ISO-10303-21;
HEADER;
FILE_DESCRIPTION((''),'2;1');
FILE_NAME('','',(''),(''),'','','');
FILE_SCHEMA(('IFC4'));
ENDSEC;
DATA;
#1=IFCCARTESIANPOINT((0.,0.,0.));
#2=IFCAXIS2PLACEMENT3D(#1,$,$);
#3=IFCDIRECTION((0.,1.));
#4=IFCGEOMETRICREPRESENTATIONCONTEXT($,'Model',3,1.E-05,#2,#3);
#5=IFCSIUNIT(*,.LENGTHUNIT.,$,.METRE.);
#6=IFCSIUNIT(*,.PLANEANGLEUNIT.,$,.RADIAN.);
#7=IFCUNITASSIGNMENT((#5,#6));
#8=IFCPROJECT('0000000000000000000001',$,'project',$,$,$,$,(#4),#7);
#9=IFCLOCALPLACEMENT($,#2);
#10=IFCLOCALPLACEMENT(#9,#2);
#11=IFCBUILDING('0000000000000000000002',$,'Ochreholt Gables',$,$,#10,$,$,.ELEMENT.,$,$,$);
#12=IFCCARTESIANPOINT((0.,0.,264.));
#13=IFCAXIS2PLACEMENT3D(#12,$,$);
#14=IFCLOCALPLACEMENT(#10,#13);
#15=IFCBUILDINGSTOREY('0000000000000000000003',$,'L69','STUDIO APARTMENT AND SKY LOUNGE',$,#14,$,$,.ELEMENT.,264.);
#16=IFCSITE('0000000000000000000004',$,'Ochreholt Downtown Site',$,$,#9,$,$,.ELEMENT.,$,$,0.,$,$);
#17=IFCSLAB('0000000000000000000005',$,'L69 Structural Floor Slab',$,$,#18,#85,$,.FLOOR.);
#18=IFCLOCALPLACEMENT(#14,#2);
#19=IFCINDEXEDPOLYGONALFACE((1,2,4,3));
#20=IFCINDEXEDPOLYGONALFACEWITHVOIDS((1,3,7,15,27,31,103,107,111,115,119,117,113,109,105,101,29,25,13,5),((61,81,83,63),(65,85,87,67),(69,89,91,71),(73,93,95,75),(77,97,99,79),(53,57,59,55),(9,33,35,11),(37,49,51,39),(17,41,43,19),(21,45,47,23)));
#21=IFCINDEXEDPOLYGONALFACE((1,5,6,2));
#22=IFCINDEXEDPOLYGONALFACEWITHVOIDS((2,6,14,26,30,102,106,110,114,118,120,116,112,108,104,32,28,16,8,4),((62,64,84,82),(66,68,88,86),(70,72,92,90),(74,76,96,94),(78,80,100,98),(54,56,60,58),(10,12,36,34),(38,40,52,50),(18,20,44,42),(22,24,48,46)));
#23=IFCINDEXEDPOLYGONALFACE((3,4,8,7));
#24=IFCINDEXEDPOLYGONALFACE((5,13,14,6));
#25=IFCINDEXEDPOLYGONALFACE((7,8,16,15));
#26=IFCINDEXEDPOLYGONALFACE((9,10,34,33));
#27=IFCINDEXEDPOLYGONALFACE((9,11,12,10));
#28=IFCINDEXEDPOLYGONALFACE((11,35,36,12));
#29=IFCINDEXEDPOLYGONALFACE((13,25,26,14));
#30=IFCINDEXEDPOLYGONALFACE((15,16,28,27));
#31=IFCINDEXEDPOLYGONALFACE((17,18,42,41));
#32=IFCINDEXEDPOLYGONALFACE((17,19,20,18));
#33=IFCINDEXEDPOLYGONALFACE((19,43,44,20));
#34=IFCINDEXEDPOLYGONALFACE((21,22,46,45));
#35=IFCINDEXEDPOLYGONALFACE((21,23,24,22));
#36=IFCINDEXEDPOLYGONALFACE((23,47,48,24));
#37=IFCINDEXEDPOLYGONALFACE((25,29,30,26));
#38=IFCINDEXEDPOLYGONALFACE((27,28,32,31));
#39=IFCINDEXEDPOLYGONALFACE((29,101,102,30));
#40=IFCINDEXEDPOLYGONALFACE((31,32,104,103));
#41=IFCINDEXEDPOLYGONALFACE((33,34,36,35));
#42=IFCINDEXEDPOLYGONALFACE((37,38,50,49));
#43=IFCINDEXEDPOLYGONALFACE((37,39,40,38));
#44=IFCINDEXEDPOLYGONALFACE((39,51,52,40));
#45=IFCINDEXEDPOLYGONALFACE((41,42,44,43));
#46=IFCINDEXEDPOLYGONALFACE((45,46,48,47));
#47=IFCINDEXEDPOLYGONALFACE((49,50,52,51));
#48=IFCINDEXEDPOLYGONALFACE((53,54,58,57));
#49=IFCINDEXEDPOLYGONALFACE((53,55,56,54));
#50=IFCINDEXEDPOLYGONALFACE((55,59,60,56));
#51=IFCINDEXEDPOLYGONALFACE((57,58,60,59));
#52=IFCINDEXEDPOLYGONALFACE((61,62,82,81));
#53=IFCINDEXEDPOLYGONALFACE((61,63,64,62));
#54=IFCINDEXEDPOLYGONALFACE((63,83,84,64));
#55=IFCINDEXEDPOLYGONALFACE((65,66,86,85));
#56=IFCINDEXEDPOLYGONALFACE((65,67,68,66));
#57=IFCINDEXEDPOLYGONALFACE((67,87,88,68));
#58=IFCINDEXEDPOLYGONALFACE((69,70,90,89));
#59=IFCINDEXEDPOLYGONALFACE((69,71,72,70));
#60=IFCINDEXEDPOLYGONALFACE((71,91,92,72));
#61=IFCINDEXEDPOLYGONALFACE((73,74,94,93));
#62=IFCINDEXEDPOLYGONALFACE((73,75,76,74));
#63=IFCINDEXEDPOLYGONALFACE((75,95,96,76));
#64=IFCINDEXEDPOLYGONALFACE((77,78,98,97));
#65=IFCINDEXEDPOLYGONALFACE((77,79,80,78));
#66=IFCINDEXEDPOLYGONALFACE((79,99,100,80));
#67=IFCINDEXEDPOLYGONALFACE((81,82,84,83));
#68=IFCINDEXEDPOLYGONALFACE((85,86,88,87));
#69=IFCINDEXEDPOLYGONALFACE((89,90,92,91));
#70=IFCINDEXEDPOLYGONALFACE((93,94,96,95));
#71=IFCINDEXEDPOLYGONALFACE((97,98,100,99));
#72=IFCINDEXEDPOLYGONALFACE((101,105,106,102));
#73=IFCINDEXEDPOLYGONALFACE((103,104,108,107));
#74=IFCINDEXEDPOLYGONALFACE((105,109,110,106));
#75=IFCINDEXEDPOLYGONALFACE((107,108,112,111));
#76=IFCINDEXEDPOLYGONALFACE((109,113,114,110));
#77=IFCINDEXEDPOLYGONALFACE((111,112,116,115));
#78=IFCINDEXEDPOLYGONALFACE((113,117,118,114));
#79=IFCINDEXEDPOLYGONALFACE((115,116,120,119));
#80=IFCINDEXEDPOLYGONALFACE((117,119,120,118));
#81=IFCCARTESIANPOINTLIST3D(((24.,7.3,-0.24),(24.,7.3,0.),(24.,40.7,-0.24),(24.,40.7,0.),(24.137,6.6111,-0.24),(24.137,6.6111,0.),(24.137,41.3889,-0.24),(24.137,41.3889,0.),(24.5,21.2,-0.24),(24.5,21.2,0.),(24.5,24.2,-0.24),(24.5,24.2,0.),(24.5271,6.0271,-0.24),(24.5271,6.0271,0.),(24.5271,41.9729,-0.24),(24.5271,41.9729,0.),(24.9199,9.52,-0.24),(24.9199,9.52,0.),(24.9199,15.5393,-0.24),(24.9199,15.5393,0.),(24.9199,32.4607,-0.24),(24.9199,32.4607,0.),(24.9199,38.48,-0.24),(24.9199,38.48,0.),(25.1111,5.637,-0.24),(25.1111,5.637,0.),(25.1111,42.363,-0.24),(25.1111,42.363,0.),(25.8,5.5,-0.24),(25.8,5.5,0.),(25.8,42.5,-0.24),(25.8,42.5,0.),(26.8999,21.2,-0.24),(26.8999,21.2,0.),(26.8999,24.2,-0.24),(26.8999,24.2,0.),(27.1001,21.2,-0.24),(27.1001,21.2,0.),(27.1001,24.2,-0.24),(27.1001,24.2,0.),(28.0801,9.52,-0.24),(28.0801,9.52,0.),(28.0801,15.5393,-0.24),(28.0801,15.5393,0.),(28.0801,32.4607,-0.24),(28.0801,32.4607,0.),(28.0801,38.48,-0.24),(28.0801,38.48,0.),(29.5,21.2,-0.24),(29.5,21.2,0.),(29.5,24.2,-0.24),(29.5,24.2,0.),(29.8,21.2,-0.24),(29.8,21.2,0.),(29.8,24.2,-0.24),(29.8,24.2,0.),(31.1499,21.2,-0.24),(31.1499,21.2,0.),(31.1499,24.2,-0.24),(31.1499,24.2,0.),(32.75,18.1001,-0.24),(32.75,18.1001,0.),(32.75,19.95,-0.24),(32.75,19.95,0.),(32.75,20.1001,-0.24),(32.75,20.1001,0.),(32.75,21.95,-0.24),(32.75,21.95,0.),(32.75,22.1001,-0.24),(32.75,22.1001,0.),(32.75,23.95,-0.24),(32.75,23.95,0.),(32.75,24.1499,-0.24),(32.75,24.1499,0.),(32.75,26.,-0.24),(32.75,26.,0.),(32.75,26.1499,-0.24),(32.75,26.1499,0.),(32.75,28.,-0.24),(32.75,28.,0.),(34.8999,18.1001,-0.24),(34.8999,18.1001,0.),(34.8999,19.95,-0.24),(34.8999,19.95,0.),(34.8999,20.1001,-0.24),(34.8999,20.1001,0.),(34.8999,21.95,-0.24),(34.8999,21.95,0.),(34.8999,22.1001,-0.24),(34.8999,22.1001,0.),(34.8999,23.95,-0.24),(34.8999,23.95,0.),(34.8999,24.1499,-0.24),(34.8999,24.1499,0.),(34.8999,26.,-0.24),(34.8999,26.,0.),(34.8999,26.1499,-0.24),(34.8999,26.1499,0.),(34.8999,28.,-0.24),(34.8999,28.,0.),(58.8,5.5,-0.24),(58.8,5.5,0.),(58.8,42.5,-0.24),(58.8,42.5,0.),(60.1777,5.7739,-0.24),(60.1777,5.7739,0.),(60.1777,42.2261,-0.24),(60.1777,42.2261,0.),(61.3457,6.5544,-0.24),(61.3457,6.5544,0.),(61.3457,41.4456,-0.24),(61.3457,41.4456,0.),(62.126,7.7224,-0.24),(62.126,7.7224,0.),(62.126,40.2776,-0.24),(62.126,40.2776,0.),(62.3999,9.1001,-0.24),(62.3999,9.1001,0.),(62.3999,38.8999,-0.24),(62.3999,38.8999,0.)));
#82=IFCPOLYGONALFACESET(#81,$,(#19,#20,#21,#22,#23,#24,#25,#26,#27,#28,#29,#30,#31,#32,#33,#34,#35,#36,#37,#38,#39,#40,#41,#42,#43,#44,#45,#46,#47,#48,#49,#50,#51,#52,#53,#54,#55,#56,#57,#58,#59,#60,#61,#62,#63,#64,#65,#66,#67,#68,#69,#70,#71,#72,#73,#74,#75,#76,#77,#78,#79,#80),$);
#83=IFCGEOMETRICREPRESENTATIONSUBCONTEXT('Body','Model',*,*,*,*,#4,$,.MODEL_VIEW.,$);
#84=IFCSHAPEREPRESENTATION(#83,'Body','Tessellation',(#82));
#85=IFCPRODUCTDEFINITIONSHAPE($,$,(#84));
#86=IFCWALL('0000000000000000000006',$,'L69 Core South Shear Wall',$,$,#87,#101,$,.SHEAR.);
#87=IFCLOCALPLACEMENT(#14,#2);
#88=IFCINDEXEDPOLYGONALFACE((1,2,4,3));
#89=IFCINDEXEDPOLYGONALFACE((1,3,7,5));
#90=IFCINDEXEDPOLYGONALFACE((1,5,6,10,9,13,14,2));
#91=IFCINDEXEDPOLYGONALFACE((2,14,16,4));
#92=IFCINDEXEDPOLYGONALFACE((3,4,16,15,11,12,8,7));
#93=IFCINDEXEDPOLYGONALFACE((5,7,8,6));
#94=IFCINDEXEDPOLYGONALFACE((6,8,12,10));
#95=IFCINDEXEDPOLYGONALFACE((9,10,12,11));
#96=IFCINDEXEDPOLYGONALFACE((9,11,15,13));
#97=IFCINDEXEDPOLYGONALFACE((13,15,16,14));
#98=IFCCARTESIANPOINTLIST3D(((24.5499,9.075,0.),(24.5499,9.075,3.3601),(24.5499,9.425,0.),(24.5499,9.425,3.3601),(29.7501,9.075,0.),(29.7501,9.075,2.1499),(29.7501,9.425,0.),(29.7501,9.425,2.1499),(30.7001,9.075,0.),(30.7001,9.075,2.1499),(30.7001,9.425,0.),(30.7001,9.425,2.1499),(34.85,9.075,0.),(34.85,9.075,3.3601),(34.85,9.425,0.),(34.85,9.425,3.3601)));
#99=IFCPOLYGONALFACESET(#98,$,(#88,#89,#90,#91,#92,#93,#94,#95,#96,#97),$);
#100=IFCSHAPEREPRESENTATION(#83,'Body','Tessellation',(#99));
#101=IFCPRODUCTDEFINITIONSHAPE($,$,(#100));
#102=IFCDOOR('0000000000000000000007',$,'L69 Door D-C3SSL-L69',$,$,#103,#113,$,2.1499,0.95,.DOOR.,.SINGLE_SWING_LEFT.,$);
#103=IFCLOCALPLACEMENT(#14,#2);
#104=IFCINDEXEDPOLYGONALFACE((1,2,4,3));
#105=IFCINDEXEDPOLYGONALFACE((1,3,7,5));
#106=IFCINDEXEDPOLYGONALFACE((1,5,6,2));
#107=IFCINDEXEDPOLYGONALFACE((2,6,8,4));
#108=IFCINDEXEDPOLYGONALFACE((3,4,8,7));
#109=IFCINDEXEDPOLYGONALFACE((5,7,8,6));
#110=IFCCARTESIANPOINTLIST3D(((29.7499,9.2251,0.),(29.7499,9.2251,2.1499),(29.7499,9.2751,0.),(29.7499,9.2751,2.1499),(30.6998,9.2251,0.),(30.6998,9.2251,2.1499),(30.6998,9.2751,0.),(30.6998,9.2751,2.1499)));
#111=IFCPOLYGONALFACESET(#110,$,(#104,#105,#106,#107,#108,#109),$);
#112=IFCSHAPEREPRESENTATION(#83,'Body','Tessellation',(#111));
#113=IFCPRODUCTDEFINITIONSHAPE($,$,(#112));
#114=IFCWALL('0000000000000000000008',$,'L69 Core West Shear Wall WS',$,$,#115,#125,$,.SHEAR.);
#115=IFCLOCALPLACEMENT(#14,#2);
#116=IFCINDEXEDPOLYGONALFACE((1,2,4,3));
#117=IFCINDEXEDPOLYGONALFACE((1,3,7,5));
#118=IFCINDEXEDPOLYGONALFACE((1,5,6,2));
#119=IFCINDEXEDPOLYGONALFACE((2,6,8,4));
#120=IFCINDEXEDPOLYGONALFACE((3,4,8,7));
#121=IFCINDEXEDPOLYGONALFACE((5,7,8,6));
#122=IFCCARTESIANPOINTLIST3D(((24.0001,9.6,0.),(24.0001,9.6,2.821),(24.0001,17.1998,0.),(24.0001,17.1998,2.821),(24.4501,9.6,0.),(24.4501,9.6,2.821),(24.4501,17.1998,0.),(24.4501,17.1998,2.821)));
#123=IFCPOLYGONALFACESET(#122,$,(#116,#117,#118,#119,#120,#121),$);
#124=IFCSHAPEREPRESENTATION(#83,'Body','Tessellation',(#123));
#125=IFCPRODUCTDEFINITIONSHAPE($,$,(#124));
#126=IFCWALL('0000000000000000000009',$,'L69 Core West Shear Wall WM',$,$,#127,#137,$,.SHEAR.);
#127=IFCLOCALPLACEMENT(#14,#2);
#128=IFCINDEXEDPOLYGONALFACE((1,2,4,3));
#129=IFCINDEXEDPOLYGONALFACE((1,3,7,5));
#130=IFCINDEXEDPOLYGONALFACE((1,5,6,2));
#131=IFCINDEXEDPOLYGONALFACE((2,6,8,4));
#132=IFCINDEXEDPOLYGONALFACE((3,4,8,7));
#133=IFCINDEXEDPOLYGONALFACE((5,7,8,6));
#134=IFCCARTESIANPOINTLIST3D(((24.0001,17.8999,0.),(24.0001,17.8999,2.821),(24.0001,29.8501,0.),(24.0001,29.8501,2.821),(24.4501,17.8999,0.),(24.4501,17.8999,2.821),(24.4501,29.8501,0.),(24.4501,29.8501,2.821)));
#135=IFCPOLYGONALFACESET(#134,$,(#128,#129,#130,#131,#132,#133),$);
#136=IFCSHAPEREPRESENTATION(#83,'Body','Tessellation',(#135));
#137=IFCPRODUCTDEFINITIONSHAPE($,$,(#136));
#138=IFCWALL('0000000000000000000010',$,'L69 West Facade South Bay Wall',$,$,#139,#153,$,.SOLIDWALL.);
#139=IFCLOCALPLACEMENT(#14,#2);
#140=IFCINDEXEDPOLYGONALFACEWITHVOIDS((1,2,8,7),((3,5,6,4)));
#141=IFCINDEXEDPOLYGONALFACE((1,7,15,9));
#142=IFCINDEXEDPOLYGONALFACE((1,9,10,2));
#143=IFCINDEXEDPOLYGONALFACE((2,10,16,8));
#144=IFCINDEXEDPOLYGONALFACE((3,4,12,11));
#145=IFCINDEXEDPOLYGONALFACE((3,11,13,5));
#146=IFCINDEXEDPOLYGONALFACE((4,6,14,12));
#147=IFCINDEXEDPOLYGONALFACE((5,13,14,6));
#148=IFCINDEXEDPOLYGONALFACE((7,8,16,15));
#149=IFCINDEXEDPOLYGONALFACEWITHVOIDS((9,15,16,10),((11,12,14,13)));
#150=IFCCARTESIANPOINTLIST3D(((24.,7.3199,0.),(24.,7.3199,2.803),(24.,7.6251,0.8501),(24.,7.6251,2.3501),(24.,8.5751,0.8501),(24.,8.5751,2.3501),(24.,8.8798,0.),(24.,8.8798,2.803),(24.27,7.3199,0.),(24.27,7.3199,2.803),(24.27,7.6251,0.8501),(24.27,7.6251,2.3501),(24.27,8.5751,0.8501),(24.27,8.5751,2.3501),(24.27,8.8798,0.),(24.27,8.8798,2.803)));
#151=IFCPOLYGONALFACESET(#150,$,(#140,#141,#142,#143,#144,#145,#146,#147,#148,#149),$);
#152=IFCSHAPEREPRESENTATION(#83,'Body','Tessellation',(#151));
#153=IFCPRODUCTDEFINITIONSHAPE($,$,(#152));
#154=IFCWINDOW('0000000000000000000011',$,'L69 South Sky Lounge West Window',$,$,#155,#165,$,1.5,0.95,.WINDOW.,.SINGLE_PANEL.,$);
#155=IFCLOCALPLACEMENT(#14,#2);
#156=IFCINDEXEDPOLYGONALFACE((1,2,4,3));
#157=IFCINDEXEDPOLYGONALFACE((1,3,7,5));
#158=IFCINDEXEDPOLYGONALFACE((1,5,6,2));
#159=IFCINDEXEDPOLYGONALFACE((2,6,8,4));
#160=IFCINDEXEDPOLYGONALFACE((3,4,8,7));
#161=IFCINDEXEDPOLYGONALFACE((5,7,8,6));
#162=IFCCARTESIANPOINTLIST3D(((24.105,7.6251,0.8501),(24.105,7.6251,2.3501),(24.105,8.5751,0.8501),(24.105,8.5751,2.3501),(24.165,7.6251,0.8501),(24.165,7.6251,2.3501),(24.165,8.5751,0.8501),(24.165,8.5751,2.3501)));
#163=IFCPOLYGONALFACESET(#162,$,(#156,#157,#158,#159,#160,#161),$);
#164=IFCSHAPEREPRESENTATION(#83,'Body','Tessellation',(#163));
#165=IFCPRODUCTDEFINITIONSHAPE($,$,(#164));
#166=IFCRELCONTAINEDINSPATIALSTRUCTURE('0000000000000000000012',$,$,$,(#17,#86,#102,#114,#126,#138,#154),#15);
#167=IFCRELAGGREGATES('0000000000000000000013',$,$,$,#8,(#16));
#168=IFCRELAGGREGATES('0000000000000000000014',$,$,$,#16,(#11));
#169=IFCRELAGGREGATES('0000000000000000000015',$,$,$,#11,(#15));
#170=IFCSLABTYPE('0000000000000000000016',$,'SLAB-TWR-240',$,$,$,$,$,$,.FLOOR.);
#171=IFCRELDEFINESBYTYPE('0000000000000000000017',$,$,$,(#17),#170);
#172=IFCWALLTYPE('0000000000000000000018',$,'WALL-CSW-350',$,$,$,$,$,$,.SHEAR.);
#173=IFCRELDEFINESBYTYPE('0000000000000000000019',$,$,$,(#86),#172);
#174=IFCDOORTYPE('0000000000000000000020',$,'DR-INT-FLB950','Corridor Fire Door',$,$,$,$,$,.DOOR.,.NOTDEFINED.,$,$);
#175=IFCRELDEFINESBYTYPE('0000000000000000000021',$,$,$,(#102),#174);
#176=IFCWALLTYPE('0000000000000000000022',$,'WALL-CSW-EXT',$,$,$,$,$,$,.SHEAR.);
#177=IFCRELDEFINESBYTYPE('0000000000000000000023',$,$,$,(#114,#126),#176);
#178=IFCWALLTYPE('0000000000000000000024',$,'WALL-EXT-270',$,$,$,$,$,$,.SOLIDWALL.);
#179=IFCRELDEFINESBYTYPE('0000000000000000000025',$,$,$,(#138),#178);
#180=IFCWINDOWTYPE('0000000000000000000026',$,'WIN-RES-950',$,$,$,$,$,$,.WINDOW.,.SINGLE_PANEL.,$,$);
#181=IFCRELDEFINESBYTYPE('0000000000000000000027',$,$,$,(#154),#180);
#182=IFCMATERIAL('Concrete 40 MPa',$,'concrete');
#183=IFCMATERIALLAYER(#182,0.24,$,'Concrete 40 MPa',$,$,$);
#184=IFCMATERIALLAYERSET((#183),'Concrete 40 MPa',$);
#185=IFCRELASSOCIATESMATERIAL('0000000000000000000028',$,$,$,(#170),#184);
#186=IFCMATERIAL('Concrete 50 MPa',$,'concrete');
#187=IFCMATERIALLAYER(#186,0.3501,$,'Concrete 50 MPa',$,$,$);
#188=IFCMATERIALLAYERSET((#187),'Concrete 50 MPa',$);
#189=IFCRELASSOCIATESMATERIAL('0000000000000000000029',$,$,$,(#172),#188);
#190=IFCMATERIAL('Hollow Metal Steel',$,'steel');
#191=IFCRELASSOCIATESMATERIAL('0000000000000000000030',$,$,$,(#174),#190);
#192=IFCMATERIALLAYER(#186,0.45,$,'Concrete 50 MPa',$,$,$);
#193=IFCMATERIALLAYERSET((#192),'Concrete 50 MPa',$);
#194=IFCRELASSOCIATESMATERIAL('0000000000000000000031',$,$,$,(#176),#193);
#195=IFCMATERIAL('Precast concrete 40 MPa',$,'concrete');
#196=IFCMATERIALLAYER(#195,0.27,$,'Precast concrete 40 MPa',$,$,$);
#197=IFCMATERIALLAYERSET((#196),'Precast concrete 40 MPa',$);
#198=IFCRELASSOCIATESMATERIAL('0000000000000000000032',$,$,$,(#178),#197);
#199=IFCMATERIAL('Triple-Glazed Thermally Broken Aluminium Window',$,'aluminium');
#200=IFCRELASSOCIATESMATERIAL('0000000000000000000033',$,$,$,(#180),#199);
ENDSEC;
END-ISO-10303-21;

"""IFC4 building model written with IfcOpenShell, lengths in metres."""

from ifc_helpers import new_model, si_unit, direction, frame, frame_2d, origin, place, context, subcontext, project, spatial, polyline, rectangle, outline, extrude, material, layer, layer_set, type_object, element, fill, save


model = new_model("IFC4")

# Units and contexts
model_context = context("Model", 3, precision=1e-05, world=origin(), true_north=direction((0.0, 1.0)))
body_context = subcontext(model_context, "Body", "Model", "MODEL_VIEW")
ifc_project = project(units=[si_unit("LENGTHUNIT", "METRE"), si_unit("PLANEANGLEUNIT", "RADIAN")], contexts=[model_context])

# Site, building, storey
site_placement = place(None, origin())
site = spatial("IfcSite", under=ifc_project, at=site_placement, Name="Ochreholt Downtown Site", CompositionType="ELEMENT", RefElevation=0.0)
building_placement = place(site_placement, origin())
building = spatial("IfcBuilding", under=site, at=building_placement, Name="Ochreholt Gables", CompositionType="ELEMENT")
storey_placement = place(building_placement, frame((0.0, 0.0, 264.0)))
storey = spatial("IfcBuildingStorey", under=building, at=storey_placement, Name="L69", Description="STUDIO APARTMENT AND SKY LOUNGE", CompositionType="ELEMENT", Elevation=264.0)

# Shared definitions
ifc_material_1 = material(Name="Concrete 50 MPa", Category="concrete")

# Shared definitions
ifc_material_2 = material(Name="Concrete 40 MPa", Category="concrete")

# Slab
ifc_layer_1 = layer(ifc_material_2, 0.24, Name="Concrete 40 MPa")
ifc_layer_set_1 = layer_set([ifc_layer_1], Name="Concrete 40 MPa")
slab_type_1 = type_object("IfcSlabType", Name="SLAB-TWR-240", PredefinedType="FLOOR", material=ifc_layer_set_1)
slab_1_placement = place(storey_placement, frame((0.0, 0.0, -0.24)))
element("IfcSlab", 1, at=slab_1_placement, inside=storey, type_object=slab_type_1, Name="L69 Structural Floor Slab", PredefinedType="FLOOR", context=body_context, shape_type="SweptSolid", body=[
    extrude(outline(polyline([(24.0, 7.3), (24.137, 6.6111), (24.5271, 6.0271), (25.1111, 5.637), (25.8, 5.5), (58.8, 5.5), (60.1777, 5.7739), (61.3457, 6.5544), (62.126, 7.7224), (62.3999, 9.1001), (62.3999, 38.8999), (62.126, 40.2776), (61.3457, 41.4456), (60.1777, 42.2261), (58.8, 42.5), (25.8, 42.5), (25.1111, 42.363), (24.5271, 41.9729), (24.137, 41.3889), (24.0, 40.7), (24.0, 7.3)]), holes=[polyline([(24.9199, 15.5393), (24.9199, 9.52), (28.0801, 9.52), (28.0801, 15.5393), (24.9199, 15.5393)]), polyline([(28.0801, 32.4607), (28.0801, 38.48), (24.9199, 38.48), (24.9199, 32.4607), (28.0801, 32.4607)]), polyline([(24.5, 21.2), (26.8999, 21.2), (26.8999, 24.2), (24.5, 24.2), (24.5, 21.2)]), polyline([(27.1001, 21.2), (29.5, 21.2), (29.5, 24.2), (27.1001, 24.2), (27.1001, 21.2)]), polyline([(32.75, 18.1001), (34.8999, 18.1001), (34.8999, 19.95), (32.75, 19.95), (32.75, 18.1001)]), polyline([(32.75, 20.1001), (34.8999, 20.1001), (34.8999, 21.95), (32.75, 21.95), (32.75, 20.1001)]), polyline([(32.75, 22.1001), (34.8999, 22.1001), (34.8999, 23.95), (32.75, 23.95), (32.75, 22.1001)]), polyline([(32.75, 24.1499), (34.8999, 24.1499), (34.8999, 26.0), (32.75, 26.0), (32.75, 24.1499)]), polyline([(32.75, 26.1499), (34.8999, 26.1499), (34.8999, 28.0), (32.75, 28.0), (32.75, 26.1499)]), polyline([(29.8, 21.2), (31.1499, 21.2), (31.1499, 24.2), (29.8, 24.2), (29.8, 21.2)])]), origin(), (0.0, 0.0, 1.0), 0.24),
])

# Wall, opening, door
ifc_layer_2 = layer(ifc_material_1, 0.3501, Name="Concrete 50 MPa")
ifc_layer_set_2 = layer_set([ifc_layer_2], Name="Concrete 50 MPa")
wall_type_1 = type_object("IfcWallType", Name="WALL-CSW-350", PredefinedType="SHEAR", material=ifc_layer_set_2)
wall_1_placement = place(storey_placement, frame((24.55, 9.25, 0.0), z_axis=(0.0, 0.0, 1.0), x_axis=(1.0, 0.0, 0.0)))
wall_1 = element("IfcWall", 2, at=wall_1_placement, inside=storey, type_object=wall_type_1, Name="L69 Core South Shear Wall", PredefinedType="SHEAR", context=body_context, shape_type="SweptSolid", body=[
    extrude(rectangle(XDim=10.3, YDim=0.3501, at=frame_2d((5.1499, 0.0))), origin(), (0.0, 0.0, 1.0), 3.3601),
])
opening_1_placement = place(wall_1_placement, frame((5.2, 0.0, 0.0)))
opening_1 = element("IfcOpeningElement", 3, at=opening_1_placement, cuts=wall_1, PredefinedType="OPENING", context=body_context, shape_type="SweptSolid", body=[
    extrude(rectangle(XDim=0.95, YDim=2.1499, at=frame_2d((0.4751, 1.075))), frame((0.0, 0.1851, 0.0), z_axis=(0.0, -1.0, 0.0), x_axis=(1.0, 0.0, 0.0)), (0.0, 0.0, 1.0), 0.3701),
])
ifc_material_3 = material(Name="Hollow Metal Steel", Category="steel")
door_type_1 = type_object("IfcDoorType", Name="DR-INT-FLB950", Description="Corridor Fire Door", OperationType="NOTDEFINED", PredefinedType="DOOR", material=ifc_material_3)
door_1_placement = place(opening_1_placement, frame((0.95, 0.0, 0.0), z_axis=(0.0, 0.0, 1.0), x_axis=(-1.0, 0.0, 0.0)))
door_1 = element("IfcDoor", 4, at=door_1_placement, inside=storey, type_object=door_type_1, Name="L69 Door D-C3SSL-L69", OperationType="SINGLE_SWING_LEFT", OverallHeight=2.1499, OverallWidth=0.95, PredefinedType="DOOR", context=body_context, shape_type="SweptSolid", body=[
    extrude(rectangle(XDim=0.95, YDim=2.1499, at=frame_2d((0.4751, 1.075))), frame((0.0, 0.0249, 0.0), z_axis=(0.0, -1.0, 0.0), x_axis=(1.0, 0.0, 0.0)), (0.0, 0.0, 1.0), 0.05),
])
fill(opening_1, door_1)

# Walls
ifc_layer_3 = layer(ifc_material_1, 0.45, Name="Concrete 50 MPa")
ifc_layer_set_3 = layer_set([ifc_layer_3], Name="Concrete 50 MPa")
wall_type_2 = type_object("IfcWallType", Name="WALL-CSW-EXT", PredefinedType="SHEAR", material=ifc_layer_set_3)
wall_2_placement = place(storey_placement, frame((24.2251, 9.6001, 0.0), z_axis=(0.0, 0.0, 1.0), x_axis=(0.0, 1.0, 0.0)))
element("IfcWall", 5, at=wall_2_placement, inside=storey, type_object=wall_type_2, Name="L69 Core West Shear Wall WS", PredefinedType="SHEAR", context=body_context, shape_type="SweptSolid", body=[
    extrude(rectangle(XDim=7.5999, YDim=0.45, at=frame_2d((3.7998, 0.0))), origin(), (0.0, 0.0, 1.0), 2.821),
])
wall_3_placement = place(storey_placement, frame((24.2251, 17.8999, 0.0), z_axis=(0.0, 0.0, 1.0), x_axis=(0.0, 1.0, 0.0)))
element("IfcWall", 6, at=wall_3_placement, inside=storey, type_object=wall_type_2, Name="L69 Core West Shear Wall WM", PredefinedType="SHEAR", context=body_context, shape_type="SweptSolid", body=[
    extrude(rectangle(XDim=11.9502, YDim=0.45, at=frame_2d((5.9751, 0.0))), origin(), (0.0, 0.0, 1.0), 2.821),
])

# Wall, opening, window
ifc_material_4 = material(Name="Precast concrete 40 MPa", Category="concrete")
ifc_layer_4 = layer(ifc_material_4, 0.27, Name="Precast concrete 40 MPa")
ifc_layer_set_4 = layer_set([ifc_layer_4], Name="Precast concrete 40 MPa")
wall_type_3 = type_object("IfcWallType", Name="WALL-EXT-270", PredefinedType="SOLIDWALL", material=ifc_layer_set_4)
wall_4_placement = place(storey_placement, frame((24.135, 7.3201, 0.0), z_axis=(0.0, 0.0, 1.0), x_axis=(0.0, 1.0, 0.0)))
wall_4 = element("IfcWall", 7, at=wall_4_placement, inside=storey, type_object=wall_type_3, Name="L69 West Facade South Bay Wall", PredefinedType="SOLIDWALL", context=body_context, shape_type="SweptSolid", body=[
    extrude(rectangle(XDim=1.5598, YDim=0.27, at=frame_2d((0.7798, 0.0))), origin(), (0.0, 0.0, 1.0), 2.803),
])
opening_2_placement = place(wall_4_placement, frame((0.3049, 0.0, 0.8501)))
opening_2 = element("IfcOpeningElement", 8, at=opening_2_placement, cuts=wall_4, PredefinedType="OPENING", context=body_context, shape_type="SweptSolid", body=[
    extrude(rectangle(XDim=0.95, YDim=1.5, at=frame_2d((0.4751, 0.75))), frame((0.0, 0.145, 0.0), z_axis=(0.0, -1.0, 0.0), x_axis=(1.0, 0.0, 0.0)), (0.0, 0.0, 1.0), 0.29),
])
ifc_material_5 = material(Name="Triple-Glazed Thermally Broken Aluminium Window", Category="aluminium")
window_type = type_object("IfcWindowType", Name="WIN-RES-950", PartitioningType="SINGLE_PANEL", PredefinedType="WINDOW", material=ifc_material_5)
window_placement = place(opening_2_placement, origin())
window = element("IfcWindow", 9, at=window_placement, inside=storey, type_object=window_type, Name="L69 South Sky Lounge West Window", OverallHeight=1.5, OverallWidth=0.95, PartitioningType="SINGLE_PANEL", PredefinedType="WINDOW", context=body_context, shape_type="SweptSolid", body=[
    extrude(rectangle(XDim=0.95, YDim=1.5, at=frame_2d((0.4751, 0.75))), frame((0.0, 0.03, 0.0), z_axis=(0.0, -1.0, 0.0), x_axis=(1.0, 0.0, 0.0)), (0.0, 0.0, 1.0), 0.0601),
])
fill(opening_2, window)

save(model, "model.ifc")
